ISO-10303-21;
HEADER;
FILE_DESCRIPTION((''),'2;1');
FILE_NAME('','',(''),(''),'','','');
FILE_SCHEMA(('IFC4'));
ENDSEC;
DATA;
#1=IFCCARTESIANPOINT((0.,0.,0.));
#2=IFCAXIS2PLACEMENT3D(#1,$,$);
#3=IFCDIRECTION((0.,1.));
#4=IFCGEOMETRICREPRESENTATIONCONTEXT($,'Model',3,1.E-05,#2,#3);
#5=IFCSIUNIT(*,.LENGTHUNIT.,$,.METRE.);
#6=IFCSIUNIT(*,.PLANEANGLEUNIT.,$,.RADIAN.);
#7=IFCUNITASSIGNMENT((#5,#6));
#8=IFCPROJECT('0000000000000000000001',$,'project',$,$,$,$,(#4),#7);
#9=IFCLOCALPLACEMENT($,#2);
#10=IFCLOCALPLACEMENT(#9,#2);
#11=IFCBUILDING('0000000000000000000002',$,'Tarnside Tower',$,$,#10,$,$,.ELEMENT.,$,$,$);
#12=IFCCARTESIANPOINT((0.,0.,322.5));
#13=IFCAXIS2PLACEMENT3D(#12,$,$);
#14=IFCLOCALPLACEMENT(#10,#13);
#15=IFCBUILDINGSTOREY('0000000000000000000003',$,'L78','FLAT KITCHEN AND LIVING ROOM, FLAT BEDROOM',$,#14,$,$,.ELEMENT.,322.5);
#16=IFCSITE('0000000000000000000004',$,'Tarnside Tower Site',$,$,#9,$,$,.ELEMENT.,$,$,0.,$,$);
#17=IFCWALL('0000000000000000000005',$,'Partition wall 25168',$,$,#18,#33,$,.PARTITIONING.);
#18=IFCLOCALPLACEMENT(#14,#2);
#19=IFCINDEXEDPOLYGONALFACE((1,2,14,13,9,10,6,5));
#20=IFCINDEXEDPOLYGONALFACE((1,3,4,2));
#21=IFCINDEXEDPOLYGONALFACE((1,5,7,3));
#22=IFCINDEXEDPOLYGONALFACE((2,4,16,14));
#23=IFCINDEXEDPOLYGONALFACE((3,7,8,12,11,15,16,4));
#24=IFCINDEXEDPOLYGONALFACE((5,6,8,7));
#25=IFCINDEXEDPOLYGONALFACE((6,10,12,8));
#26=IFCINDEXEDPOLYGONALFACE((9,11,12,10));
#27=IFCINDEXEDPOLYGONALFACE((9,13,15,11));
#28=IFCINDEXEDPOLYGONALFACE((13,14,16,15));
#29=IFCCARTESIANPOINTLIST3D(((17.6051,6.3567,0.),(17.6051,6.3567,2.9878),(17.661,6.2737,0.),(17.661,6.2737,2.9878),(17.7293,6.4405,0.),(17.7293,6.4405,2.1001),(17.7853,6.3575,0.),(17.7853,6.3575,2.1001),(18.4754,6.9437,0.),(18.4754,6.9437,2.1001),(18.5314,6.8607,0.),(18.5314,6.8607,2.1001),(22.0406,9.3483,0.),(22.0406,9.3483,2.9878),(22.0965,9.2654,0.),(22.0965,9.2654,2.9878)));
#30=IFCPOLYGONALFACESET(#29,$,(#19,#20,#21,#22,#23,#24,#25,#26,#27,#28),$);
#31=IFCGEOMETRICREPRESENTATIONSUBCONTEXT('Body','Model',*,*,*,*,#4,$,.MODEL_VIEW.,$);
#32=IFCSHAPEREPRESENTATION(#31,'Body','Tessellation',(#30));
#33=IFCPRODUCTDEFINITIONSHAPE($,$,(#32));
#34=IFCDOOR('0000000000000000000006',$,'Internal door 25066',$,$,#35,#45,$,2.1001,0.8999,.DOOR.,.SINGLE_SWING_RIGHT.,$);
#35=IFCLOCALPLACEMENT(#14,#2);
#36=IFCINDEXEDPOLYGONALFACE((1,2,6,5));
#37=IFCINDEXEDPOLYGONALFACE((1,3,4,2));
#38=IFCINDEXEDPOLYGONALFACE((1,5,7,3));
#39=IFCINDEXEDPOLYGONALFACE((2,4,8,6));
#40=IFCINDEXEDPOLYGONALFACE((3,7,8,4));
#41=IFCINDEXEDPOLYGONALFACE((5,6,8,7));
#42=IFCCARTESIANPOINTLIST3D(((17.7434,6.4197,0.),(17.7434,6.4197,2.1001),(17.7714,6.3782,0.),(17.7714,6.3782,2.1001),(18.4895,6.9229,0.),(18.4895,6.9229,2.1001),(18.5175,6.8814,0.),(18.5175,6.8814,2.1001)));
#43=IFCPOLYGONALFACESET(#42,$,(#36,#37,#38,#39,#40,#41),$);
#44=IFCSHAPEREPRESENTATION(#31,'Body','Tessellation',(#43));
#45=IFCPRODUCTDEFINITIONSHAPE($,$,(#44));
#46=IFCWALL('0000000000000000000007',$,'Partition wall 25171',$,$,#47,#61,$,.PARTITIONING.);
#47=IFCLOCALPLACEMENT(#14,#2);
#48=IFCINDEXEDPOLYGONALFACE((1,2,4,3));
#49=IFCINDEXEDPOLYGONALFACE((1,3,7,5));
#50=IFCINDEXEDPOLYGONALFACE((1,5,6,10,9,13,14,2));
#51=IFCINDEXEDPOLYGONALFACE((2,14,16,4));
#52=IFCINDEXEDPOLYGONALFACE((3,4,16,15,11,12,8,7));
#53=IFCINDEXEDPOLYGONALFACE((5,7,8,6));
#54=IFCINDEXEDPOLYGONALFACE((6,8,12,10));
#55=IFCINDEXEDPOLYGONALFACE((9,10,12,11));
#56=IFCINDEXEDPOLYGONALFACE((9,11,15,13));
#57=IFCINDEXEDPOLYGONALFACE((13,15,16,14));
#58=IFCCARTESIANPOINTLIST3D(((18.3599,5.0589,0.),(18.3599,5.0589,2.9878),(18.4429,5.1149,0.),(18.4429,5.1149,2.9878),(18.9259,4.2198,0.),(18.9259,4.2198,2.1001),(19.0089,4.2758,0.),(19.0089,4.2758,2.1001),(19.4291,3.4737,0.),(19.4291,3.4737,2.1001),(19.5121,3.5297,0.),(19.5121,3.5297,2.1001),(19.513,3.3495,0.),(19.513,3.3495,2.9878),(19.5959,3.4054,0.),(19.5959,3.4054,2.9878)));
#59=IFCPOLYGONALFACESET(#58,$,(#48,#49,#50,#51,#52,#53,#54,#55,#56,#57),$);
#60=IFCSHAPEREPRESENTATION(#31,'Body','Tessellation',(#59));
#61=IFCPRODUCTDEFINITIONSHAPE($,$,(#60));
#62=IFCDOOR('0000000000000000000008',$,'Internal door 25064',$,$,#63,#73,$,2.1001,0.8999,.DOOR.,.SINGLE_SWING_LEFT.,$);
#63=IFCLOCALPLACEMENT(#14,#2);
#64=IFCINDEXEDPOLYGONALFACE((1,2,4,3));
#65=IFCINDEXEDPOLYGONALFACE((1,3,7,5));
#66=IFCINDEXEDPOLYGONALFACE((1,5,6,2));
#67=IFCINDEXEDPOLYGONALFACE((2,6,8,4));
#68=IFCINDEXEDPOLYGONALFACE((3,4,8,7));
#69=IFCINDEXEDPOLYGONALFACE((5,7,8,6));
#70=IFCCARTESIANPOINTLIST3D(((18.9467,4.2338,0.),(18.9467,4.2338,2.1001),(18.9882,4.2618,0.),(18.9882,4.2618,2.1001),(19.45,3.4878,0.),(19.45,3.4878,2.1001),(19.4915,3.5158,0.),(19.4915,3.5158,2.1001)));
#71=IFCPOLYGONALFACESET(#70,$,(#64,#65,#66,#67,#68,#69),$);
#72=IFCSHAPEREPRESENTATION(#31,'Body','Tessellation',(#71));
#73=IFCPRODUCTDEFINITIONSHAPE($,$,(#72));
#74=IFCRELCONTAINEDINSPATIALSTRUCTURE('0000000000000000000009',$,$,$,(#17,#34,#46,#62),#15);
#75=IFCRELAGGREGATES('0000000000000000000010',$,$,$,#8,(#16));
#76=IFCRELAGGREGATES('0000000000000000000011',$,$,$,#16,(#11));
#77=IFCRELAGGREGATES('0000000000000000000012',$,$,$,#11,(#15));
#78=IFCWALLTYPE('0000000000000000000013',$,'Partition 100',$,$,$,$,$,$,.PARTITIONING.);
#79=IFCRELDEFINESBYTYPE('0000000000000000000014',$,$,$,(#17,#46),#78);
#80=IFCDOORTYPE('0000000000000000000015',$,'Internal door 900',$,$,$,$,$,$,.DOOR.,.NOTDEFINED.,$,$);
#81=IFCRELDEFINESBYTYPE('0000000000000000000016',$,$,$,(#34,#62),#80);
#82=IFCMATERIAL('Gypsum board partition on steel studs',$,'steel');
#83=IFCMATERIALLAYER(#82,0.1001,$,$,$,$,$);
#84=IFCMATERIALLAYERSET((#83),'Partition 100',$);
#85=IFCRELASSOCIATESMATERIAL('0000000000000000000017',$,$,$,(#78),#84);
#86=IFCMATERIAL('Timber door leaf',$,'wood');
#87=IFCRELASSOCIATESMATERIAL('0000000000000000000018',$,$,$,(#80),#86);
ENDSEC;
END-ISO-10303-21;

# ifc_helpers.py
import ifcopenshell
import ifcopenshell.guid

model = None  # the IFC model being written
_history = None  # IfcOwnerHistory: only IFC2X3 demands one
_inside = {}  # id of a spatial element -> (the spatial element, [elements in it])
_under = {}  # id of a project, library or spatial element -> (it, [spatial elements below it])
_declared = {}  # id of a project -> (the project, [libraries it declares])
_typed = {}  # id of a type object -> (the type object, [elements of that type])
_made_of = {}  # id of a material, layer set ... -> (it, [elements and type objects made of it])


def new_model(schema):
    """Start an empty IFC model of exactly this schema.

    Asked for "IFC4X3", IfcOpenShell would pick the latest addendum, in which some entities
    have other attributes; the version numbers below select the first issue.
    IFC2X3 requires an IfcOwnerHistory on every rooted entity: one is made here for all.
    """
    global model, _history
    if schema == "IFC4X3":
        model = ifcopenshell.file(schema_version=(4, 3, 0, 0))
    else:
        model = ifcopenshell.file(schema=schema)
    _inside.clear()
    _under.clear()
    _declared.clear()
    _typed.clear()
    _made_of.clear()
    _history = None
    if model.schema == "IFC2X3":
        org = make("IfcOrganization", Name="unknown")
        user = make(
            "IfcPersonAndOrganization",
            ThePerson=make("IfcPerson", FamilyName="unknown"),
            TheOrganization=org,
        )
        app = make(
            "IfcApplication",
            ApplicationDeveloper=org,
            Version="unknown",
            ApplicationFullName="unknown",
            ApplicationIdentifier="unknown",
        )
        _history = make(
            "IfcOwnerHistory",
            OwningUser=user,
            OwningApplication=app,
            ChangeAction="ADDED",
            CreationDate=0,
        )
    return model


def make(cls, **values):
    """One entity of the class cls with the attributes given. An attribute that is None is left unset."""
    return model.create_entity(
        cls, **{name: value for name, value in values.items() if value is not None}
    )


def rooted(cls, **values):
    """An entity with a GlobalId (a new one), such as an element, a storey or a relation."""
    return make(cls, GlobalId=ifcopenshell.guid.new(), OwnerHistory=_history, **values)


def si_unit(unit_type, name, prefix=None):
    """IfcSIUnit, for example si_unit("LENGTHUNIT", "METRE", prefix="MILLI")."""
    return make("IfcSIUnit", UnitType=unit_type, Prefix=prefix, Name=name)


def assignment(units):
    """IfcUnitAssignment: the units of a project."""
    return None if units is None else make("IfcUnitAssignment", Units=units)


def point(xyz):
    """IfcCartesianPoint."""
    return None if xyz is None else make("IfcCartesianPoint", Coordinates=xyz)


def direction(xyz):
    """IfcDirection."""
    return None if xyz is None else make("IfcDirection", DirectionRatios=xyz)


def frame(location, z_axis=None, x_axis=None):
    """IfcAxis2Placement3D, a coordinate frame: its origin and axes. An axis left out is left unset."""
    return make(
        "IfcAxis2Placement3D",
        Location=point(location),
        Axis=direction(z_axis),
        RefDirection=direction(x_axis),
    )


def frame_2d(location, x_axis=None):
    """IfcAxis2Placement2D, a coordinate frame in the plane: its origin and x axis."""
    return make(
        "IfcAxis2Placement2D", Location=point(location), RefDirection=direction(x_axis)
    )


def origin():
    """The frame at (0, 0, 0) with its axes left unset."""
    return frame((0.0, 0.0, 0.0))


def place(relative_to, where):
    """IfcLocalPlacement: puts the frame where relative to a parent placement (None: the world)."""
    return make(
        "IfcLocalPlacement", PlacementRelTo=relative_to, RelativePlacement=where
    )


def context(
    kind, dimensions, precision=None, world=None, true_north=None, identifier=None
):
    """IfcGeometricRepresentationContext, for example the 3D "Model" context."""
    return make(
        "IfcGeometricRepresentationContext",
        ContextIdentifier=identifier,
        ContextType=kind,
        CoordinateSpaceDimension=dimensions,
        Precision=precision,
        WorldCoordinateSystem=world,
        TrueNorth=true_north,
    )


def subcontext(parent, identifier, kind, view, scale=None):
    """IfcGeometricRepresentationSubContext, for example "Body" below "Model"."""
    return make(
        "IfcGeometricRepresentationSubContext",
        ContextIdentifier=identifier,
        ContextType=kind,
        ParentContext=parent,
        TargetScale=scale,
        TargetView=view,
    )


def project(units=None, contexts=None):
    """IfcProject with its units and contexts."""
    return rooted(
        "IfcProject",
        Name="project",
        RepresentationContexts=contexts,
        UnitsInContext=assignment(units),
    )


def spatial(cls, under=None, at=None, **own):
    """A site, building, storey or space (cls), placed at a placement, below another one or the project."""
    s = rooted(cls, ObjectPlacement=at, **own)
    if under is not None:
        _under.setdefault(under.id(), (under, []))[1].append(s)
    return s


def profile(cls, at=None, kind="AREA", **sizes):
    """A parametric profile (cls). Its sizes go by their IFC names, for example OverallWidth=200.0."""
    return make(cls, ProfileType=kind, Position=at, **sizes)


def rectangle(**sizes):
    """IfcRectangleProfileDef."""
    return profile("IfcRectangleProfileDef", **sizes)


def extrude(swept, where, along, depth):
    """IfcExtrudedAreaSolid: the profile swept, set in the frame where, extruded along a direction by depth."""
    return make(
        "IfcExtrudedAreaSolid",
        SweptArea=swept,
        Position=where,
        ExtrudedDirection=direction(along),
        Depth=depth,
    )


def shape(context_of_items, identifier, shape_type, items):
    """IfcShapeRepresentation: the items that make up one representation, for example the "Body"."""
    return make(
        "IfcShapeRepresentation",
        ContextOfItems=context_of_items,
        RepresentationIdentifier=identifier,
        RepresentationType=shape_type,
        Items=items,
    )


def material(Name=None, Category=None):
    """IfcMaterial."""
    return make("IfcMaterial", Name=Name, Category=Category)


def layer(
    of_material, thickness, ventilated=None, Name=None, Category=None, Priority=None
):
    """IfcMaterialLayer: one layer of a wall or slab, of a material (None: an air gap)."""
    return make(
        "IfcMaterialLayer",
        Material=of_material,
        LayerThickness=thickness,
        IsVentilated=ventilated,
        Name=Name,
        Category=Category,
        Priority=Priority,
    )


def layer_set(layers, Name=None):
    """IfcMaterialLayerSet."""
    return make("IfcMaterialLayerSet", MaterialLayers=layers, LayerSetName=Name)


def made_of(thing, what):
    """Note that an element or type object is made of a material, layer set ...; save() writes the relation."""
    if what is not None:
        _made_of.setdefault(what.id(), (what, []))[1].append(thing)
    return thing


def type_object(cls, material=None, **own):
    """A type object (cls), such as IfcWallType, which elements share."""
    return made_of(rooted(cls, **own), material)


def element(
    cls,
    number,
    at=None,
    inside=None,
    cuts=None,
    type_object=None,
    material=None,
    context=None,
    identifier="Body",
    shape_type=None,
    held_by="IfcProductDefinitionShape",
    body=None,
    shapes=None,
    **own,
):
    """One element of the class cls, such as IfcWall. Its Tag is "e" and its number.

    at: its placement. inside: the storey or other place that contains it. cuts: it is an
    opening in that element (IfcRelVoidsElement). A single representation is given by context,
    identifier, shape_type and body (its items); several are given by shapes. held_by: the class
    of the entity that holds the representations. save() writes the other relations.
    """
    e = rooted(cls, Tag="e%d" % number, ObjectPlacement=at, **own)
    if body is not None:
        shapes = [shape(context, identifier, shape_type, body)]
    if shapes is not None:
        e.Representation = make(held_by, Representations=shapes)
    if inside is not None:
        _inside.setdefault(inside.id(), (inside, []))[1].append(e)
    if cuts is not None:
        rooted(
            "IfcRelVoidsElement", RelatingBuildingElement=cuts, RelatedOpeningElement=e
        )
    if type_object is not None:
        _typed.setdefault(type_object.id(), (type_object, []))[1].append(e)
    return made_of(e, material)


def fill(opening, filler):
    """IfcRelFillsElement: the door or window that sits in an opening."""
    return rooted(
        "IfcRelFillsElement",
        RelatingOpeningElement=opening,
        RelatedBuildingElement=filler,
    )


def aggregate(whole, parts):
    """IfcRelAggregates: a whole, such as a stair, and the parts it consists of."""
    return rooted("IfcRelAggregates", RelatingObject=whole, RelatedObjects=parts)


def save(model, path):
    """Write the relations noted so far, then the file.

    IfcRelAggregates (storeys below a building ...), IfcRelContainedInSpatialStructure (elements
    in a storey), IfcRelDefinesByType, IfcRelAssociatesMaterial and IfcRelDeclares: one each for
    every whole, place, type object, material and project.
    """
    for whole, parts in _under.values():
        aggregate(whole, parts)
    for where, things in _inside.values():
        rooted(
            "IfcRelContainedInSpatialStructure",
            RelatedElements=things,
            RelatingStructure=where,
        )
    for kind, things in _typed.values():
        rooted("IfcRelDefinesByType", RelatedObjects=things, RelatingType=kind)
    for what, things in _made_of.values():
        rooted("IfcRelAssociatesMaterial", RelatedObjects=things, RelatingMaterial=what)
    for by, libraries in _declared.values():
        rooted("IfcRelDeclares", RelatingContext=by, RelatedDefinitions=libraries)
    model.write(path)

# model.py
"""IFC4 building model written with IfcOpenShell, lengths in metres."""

from ifc_helpers import new_model, si_unit, direction, frame, frame_2d, origin, place, context, subcontext, project, spatial, rectangle, extrude, material, layer, layer_set, type_object, element, fill, save


model = new_model("IFC4")

# Units and contexts
model_context = context("Model", 3, precision=1e-05, world=origin(), true_north=direction((0.0, 1.0)))
body_context = subcontext(model_context, "Body", "Model", "MODEL_VIEW")
ifc_project = project(units=[si_unit("LENGTHUNIT", "METRE"), si_unit("PLANEANGLEUNIT", "RADIAN")], contexts=[model_context])

# Site, building, storey
site_placement = place(None, origin())
site = spatial("IfcSite", under=ifc_project, at=site_placement, Name="Tarnside Tower Site", CompositionType="ELEMENT", RefElevation=0.0)
building_placement = place(site_placement, origin())
building = spatial("IfcBuilding", under=site, at=building_placement, Name="Tarnside Tower", CompositionType="ELEMENT")
storey_placement = place(building_placement, frame((0.0, 0.0, 322.5)))
storey = spatial("IfcBuildingStorey", under=building, at=storey_placement, Name="L78", Description="FLAT KITCHEN AND LIVING ROOM, FLAT BEDROOM", CompositionType="ELEMENT", Elevation=322.5)

# Shared definitions
ifc_material_1 = material(Name="Gypsum board partition on steel studs", Category="steel")

# Shared definitions
ifc_material_2 = material(Name="Timber door leaf", Category="wood")

# Walls, openings, doors
ifc_layer_1 = layer(ifc_material_1, 0.1001)
ifc_layer_set_1 = layer_set([ifc_layer_1], Name="Partition 100")
wall_type_1 = type_object("IfcWallType", Name="Partition 100", PredefinedType="PARTITIONING", material=ifc_layer_set_1)
door_type_1 = type_object("IfcDoorType", Name="Internal door 900", OperationType="NOTDEFINED", PredefinedType="DOOR", material=ifc_material_2)
wall_1_placement = place(storey_placement, frame((17.6331, 6.3152, 0.0), z_axis=(0.0, 0.0, 1.0), x_axis=(0.829048, 0.559178, 0.0)))
wall_1 = element("IfcWall", 1, at=wall_1_placement, inside=storey, type_object=wall_type_1, Name="Partition wall 25168", PredefinedType="PARTITIONING", context=body_context, shape_type="SweptSolid", body=[
    extrude(rectangle(XDim=5.3501, YDim=0.1001, at=frame_2d((2.675, 0.0))), origin(), (0.0, 0.0, 1.0), 2.9878),
])
opening_1_placement = place(wall_1_placement, frame((0.1499, 0.0, 0.0)))
opening_1 = element("IfcOpeningElement", 2, at=opening_1_placement, cuts=wall_1, PredefinedType="OPENING", context=body_context, shape_type="SweptSolid", body=[
    extrude(rectangle(XDim=0.8999, YDim=2.1001, at=frame_2d((0.45, 1.05))), frame((0.0, 0.0601, 0.0), z_axis=(0.0, -1.0, 0.0), x_axis=(1.0, 0.0, 0.0)), (0.0, 0.0, 1.0), 0.1201),
])
door_1_placement = place(opening_1_placement, origin())
door_1 = element("IfcDoor", 3, at=door_1_placement, inside=storey, type_object=door_type_1, Name="Internal door 25066", OperationType="SINGLE_SWING_RIGHT", OverallHeight=2.1001, OverallWidth=0.8999, PredefinedType="DOOR", context=body_context, shape_type="SweptSolid", body=[
    extrude(rectangle(XDim=0.8999, YDim=2.1001, at=frame_2d((0.45, 1.05))), frame((0.0, 0.0249, 0.0), z_axis=(0.0, -1.0, 0.0), x_axis=(1.0, 0.0, 0.0)), (0.0, 0.0, 1.0), 0.05),
])
fill(opening_1, door_1)
wall_2_placement = place(storey_placement, frame((19.5544, 3.3774, 0.0), z_axis=(0.0, 0.0, 1.0), x_axis=(-0.5592, 0.829033, 0.0)))
wall_2 = element("IfcWall", 4, at=wall_2_placement, inside=storey, type_object=wall_type_1, Name="Partition wall 25171", PredefinedType="PARTITIONING", context=body_context, shape_type="SweptSolid", body=[
    extrude(rectangle(XDim=2.062, YDim=0.1001, at=frame_2d((1.031, 0.0))), origin(), (0.0, 0.0, 1.0), 2.9878),
])
opening_2_placement = place(wall_2_placement, frame((0.1499, 0.0, 0.0)))
opening_2 = element("IfcOpeningElement", 5, at=opening_2_placement, cuts=wall_2, PredefinedType="OPENING", context=body_context, shape_type="SweptSolid", body=[
    extrude(rectangle(XDim=0.8999, YDim=2.1001, at=frame_2d((0.45, 1.05))), frame((0.0, 0.0601, 0.0), z_axis=(0.0, -1.0, 0.0), x_axis=(1.0, 0.0, 0.0)), (0.0, 0.0, 1.0), 0.1201),
])
door_2_placement = place(opening_2_placement, origin())
door_2 = element("IfcDoor", 6, at=door_2_placement, inside=storey, type_object=door_type_1, Name="Internal door 25064", OperationType="SINGLE_SWING_LEFT", OverallHeight=2.1001, OverallWidth=0.8999, PredefinedType="DOOR", context=body_context, shape_type="SweptSolid", body=[
    extrude(rectangle(XDim=0.8999, YDim=2.1001, at=frame_2d((0.45, 1.05))), frame((0.0, 0.0249, 0.0), z_axis=(0.0, -1.0, 0.0), x_axis=(1.0, 0.0, 0.0)), (0.0, 0.0, 1.0), 0.05),
])
fill(opening_2, door_2)

save(model, "model.ifc")
